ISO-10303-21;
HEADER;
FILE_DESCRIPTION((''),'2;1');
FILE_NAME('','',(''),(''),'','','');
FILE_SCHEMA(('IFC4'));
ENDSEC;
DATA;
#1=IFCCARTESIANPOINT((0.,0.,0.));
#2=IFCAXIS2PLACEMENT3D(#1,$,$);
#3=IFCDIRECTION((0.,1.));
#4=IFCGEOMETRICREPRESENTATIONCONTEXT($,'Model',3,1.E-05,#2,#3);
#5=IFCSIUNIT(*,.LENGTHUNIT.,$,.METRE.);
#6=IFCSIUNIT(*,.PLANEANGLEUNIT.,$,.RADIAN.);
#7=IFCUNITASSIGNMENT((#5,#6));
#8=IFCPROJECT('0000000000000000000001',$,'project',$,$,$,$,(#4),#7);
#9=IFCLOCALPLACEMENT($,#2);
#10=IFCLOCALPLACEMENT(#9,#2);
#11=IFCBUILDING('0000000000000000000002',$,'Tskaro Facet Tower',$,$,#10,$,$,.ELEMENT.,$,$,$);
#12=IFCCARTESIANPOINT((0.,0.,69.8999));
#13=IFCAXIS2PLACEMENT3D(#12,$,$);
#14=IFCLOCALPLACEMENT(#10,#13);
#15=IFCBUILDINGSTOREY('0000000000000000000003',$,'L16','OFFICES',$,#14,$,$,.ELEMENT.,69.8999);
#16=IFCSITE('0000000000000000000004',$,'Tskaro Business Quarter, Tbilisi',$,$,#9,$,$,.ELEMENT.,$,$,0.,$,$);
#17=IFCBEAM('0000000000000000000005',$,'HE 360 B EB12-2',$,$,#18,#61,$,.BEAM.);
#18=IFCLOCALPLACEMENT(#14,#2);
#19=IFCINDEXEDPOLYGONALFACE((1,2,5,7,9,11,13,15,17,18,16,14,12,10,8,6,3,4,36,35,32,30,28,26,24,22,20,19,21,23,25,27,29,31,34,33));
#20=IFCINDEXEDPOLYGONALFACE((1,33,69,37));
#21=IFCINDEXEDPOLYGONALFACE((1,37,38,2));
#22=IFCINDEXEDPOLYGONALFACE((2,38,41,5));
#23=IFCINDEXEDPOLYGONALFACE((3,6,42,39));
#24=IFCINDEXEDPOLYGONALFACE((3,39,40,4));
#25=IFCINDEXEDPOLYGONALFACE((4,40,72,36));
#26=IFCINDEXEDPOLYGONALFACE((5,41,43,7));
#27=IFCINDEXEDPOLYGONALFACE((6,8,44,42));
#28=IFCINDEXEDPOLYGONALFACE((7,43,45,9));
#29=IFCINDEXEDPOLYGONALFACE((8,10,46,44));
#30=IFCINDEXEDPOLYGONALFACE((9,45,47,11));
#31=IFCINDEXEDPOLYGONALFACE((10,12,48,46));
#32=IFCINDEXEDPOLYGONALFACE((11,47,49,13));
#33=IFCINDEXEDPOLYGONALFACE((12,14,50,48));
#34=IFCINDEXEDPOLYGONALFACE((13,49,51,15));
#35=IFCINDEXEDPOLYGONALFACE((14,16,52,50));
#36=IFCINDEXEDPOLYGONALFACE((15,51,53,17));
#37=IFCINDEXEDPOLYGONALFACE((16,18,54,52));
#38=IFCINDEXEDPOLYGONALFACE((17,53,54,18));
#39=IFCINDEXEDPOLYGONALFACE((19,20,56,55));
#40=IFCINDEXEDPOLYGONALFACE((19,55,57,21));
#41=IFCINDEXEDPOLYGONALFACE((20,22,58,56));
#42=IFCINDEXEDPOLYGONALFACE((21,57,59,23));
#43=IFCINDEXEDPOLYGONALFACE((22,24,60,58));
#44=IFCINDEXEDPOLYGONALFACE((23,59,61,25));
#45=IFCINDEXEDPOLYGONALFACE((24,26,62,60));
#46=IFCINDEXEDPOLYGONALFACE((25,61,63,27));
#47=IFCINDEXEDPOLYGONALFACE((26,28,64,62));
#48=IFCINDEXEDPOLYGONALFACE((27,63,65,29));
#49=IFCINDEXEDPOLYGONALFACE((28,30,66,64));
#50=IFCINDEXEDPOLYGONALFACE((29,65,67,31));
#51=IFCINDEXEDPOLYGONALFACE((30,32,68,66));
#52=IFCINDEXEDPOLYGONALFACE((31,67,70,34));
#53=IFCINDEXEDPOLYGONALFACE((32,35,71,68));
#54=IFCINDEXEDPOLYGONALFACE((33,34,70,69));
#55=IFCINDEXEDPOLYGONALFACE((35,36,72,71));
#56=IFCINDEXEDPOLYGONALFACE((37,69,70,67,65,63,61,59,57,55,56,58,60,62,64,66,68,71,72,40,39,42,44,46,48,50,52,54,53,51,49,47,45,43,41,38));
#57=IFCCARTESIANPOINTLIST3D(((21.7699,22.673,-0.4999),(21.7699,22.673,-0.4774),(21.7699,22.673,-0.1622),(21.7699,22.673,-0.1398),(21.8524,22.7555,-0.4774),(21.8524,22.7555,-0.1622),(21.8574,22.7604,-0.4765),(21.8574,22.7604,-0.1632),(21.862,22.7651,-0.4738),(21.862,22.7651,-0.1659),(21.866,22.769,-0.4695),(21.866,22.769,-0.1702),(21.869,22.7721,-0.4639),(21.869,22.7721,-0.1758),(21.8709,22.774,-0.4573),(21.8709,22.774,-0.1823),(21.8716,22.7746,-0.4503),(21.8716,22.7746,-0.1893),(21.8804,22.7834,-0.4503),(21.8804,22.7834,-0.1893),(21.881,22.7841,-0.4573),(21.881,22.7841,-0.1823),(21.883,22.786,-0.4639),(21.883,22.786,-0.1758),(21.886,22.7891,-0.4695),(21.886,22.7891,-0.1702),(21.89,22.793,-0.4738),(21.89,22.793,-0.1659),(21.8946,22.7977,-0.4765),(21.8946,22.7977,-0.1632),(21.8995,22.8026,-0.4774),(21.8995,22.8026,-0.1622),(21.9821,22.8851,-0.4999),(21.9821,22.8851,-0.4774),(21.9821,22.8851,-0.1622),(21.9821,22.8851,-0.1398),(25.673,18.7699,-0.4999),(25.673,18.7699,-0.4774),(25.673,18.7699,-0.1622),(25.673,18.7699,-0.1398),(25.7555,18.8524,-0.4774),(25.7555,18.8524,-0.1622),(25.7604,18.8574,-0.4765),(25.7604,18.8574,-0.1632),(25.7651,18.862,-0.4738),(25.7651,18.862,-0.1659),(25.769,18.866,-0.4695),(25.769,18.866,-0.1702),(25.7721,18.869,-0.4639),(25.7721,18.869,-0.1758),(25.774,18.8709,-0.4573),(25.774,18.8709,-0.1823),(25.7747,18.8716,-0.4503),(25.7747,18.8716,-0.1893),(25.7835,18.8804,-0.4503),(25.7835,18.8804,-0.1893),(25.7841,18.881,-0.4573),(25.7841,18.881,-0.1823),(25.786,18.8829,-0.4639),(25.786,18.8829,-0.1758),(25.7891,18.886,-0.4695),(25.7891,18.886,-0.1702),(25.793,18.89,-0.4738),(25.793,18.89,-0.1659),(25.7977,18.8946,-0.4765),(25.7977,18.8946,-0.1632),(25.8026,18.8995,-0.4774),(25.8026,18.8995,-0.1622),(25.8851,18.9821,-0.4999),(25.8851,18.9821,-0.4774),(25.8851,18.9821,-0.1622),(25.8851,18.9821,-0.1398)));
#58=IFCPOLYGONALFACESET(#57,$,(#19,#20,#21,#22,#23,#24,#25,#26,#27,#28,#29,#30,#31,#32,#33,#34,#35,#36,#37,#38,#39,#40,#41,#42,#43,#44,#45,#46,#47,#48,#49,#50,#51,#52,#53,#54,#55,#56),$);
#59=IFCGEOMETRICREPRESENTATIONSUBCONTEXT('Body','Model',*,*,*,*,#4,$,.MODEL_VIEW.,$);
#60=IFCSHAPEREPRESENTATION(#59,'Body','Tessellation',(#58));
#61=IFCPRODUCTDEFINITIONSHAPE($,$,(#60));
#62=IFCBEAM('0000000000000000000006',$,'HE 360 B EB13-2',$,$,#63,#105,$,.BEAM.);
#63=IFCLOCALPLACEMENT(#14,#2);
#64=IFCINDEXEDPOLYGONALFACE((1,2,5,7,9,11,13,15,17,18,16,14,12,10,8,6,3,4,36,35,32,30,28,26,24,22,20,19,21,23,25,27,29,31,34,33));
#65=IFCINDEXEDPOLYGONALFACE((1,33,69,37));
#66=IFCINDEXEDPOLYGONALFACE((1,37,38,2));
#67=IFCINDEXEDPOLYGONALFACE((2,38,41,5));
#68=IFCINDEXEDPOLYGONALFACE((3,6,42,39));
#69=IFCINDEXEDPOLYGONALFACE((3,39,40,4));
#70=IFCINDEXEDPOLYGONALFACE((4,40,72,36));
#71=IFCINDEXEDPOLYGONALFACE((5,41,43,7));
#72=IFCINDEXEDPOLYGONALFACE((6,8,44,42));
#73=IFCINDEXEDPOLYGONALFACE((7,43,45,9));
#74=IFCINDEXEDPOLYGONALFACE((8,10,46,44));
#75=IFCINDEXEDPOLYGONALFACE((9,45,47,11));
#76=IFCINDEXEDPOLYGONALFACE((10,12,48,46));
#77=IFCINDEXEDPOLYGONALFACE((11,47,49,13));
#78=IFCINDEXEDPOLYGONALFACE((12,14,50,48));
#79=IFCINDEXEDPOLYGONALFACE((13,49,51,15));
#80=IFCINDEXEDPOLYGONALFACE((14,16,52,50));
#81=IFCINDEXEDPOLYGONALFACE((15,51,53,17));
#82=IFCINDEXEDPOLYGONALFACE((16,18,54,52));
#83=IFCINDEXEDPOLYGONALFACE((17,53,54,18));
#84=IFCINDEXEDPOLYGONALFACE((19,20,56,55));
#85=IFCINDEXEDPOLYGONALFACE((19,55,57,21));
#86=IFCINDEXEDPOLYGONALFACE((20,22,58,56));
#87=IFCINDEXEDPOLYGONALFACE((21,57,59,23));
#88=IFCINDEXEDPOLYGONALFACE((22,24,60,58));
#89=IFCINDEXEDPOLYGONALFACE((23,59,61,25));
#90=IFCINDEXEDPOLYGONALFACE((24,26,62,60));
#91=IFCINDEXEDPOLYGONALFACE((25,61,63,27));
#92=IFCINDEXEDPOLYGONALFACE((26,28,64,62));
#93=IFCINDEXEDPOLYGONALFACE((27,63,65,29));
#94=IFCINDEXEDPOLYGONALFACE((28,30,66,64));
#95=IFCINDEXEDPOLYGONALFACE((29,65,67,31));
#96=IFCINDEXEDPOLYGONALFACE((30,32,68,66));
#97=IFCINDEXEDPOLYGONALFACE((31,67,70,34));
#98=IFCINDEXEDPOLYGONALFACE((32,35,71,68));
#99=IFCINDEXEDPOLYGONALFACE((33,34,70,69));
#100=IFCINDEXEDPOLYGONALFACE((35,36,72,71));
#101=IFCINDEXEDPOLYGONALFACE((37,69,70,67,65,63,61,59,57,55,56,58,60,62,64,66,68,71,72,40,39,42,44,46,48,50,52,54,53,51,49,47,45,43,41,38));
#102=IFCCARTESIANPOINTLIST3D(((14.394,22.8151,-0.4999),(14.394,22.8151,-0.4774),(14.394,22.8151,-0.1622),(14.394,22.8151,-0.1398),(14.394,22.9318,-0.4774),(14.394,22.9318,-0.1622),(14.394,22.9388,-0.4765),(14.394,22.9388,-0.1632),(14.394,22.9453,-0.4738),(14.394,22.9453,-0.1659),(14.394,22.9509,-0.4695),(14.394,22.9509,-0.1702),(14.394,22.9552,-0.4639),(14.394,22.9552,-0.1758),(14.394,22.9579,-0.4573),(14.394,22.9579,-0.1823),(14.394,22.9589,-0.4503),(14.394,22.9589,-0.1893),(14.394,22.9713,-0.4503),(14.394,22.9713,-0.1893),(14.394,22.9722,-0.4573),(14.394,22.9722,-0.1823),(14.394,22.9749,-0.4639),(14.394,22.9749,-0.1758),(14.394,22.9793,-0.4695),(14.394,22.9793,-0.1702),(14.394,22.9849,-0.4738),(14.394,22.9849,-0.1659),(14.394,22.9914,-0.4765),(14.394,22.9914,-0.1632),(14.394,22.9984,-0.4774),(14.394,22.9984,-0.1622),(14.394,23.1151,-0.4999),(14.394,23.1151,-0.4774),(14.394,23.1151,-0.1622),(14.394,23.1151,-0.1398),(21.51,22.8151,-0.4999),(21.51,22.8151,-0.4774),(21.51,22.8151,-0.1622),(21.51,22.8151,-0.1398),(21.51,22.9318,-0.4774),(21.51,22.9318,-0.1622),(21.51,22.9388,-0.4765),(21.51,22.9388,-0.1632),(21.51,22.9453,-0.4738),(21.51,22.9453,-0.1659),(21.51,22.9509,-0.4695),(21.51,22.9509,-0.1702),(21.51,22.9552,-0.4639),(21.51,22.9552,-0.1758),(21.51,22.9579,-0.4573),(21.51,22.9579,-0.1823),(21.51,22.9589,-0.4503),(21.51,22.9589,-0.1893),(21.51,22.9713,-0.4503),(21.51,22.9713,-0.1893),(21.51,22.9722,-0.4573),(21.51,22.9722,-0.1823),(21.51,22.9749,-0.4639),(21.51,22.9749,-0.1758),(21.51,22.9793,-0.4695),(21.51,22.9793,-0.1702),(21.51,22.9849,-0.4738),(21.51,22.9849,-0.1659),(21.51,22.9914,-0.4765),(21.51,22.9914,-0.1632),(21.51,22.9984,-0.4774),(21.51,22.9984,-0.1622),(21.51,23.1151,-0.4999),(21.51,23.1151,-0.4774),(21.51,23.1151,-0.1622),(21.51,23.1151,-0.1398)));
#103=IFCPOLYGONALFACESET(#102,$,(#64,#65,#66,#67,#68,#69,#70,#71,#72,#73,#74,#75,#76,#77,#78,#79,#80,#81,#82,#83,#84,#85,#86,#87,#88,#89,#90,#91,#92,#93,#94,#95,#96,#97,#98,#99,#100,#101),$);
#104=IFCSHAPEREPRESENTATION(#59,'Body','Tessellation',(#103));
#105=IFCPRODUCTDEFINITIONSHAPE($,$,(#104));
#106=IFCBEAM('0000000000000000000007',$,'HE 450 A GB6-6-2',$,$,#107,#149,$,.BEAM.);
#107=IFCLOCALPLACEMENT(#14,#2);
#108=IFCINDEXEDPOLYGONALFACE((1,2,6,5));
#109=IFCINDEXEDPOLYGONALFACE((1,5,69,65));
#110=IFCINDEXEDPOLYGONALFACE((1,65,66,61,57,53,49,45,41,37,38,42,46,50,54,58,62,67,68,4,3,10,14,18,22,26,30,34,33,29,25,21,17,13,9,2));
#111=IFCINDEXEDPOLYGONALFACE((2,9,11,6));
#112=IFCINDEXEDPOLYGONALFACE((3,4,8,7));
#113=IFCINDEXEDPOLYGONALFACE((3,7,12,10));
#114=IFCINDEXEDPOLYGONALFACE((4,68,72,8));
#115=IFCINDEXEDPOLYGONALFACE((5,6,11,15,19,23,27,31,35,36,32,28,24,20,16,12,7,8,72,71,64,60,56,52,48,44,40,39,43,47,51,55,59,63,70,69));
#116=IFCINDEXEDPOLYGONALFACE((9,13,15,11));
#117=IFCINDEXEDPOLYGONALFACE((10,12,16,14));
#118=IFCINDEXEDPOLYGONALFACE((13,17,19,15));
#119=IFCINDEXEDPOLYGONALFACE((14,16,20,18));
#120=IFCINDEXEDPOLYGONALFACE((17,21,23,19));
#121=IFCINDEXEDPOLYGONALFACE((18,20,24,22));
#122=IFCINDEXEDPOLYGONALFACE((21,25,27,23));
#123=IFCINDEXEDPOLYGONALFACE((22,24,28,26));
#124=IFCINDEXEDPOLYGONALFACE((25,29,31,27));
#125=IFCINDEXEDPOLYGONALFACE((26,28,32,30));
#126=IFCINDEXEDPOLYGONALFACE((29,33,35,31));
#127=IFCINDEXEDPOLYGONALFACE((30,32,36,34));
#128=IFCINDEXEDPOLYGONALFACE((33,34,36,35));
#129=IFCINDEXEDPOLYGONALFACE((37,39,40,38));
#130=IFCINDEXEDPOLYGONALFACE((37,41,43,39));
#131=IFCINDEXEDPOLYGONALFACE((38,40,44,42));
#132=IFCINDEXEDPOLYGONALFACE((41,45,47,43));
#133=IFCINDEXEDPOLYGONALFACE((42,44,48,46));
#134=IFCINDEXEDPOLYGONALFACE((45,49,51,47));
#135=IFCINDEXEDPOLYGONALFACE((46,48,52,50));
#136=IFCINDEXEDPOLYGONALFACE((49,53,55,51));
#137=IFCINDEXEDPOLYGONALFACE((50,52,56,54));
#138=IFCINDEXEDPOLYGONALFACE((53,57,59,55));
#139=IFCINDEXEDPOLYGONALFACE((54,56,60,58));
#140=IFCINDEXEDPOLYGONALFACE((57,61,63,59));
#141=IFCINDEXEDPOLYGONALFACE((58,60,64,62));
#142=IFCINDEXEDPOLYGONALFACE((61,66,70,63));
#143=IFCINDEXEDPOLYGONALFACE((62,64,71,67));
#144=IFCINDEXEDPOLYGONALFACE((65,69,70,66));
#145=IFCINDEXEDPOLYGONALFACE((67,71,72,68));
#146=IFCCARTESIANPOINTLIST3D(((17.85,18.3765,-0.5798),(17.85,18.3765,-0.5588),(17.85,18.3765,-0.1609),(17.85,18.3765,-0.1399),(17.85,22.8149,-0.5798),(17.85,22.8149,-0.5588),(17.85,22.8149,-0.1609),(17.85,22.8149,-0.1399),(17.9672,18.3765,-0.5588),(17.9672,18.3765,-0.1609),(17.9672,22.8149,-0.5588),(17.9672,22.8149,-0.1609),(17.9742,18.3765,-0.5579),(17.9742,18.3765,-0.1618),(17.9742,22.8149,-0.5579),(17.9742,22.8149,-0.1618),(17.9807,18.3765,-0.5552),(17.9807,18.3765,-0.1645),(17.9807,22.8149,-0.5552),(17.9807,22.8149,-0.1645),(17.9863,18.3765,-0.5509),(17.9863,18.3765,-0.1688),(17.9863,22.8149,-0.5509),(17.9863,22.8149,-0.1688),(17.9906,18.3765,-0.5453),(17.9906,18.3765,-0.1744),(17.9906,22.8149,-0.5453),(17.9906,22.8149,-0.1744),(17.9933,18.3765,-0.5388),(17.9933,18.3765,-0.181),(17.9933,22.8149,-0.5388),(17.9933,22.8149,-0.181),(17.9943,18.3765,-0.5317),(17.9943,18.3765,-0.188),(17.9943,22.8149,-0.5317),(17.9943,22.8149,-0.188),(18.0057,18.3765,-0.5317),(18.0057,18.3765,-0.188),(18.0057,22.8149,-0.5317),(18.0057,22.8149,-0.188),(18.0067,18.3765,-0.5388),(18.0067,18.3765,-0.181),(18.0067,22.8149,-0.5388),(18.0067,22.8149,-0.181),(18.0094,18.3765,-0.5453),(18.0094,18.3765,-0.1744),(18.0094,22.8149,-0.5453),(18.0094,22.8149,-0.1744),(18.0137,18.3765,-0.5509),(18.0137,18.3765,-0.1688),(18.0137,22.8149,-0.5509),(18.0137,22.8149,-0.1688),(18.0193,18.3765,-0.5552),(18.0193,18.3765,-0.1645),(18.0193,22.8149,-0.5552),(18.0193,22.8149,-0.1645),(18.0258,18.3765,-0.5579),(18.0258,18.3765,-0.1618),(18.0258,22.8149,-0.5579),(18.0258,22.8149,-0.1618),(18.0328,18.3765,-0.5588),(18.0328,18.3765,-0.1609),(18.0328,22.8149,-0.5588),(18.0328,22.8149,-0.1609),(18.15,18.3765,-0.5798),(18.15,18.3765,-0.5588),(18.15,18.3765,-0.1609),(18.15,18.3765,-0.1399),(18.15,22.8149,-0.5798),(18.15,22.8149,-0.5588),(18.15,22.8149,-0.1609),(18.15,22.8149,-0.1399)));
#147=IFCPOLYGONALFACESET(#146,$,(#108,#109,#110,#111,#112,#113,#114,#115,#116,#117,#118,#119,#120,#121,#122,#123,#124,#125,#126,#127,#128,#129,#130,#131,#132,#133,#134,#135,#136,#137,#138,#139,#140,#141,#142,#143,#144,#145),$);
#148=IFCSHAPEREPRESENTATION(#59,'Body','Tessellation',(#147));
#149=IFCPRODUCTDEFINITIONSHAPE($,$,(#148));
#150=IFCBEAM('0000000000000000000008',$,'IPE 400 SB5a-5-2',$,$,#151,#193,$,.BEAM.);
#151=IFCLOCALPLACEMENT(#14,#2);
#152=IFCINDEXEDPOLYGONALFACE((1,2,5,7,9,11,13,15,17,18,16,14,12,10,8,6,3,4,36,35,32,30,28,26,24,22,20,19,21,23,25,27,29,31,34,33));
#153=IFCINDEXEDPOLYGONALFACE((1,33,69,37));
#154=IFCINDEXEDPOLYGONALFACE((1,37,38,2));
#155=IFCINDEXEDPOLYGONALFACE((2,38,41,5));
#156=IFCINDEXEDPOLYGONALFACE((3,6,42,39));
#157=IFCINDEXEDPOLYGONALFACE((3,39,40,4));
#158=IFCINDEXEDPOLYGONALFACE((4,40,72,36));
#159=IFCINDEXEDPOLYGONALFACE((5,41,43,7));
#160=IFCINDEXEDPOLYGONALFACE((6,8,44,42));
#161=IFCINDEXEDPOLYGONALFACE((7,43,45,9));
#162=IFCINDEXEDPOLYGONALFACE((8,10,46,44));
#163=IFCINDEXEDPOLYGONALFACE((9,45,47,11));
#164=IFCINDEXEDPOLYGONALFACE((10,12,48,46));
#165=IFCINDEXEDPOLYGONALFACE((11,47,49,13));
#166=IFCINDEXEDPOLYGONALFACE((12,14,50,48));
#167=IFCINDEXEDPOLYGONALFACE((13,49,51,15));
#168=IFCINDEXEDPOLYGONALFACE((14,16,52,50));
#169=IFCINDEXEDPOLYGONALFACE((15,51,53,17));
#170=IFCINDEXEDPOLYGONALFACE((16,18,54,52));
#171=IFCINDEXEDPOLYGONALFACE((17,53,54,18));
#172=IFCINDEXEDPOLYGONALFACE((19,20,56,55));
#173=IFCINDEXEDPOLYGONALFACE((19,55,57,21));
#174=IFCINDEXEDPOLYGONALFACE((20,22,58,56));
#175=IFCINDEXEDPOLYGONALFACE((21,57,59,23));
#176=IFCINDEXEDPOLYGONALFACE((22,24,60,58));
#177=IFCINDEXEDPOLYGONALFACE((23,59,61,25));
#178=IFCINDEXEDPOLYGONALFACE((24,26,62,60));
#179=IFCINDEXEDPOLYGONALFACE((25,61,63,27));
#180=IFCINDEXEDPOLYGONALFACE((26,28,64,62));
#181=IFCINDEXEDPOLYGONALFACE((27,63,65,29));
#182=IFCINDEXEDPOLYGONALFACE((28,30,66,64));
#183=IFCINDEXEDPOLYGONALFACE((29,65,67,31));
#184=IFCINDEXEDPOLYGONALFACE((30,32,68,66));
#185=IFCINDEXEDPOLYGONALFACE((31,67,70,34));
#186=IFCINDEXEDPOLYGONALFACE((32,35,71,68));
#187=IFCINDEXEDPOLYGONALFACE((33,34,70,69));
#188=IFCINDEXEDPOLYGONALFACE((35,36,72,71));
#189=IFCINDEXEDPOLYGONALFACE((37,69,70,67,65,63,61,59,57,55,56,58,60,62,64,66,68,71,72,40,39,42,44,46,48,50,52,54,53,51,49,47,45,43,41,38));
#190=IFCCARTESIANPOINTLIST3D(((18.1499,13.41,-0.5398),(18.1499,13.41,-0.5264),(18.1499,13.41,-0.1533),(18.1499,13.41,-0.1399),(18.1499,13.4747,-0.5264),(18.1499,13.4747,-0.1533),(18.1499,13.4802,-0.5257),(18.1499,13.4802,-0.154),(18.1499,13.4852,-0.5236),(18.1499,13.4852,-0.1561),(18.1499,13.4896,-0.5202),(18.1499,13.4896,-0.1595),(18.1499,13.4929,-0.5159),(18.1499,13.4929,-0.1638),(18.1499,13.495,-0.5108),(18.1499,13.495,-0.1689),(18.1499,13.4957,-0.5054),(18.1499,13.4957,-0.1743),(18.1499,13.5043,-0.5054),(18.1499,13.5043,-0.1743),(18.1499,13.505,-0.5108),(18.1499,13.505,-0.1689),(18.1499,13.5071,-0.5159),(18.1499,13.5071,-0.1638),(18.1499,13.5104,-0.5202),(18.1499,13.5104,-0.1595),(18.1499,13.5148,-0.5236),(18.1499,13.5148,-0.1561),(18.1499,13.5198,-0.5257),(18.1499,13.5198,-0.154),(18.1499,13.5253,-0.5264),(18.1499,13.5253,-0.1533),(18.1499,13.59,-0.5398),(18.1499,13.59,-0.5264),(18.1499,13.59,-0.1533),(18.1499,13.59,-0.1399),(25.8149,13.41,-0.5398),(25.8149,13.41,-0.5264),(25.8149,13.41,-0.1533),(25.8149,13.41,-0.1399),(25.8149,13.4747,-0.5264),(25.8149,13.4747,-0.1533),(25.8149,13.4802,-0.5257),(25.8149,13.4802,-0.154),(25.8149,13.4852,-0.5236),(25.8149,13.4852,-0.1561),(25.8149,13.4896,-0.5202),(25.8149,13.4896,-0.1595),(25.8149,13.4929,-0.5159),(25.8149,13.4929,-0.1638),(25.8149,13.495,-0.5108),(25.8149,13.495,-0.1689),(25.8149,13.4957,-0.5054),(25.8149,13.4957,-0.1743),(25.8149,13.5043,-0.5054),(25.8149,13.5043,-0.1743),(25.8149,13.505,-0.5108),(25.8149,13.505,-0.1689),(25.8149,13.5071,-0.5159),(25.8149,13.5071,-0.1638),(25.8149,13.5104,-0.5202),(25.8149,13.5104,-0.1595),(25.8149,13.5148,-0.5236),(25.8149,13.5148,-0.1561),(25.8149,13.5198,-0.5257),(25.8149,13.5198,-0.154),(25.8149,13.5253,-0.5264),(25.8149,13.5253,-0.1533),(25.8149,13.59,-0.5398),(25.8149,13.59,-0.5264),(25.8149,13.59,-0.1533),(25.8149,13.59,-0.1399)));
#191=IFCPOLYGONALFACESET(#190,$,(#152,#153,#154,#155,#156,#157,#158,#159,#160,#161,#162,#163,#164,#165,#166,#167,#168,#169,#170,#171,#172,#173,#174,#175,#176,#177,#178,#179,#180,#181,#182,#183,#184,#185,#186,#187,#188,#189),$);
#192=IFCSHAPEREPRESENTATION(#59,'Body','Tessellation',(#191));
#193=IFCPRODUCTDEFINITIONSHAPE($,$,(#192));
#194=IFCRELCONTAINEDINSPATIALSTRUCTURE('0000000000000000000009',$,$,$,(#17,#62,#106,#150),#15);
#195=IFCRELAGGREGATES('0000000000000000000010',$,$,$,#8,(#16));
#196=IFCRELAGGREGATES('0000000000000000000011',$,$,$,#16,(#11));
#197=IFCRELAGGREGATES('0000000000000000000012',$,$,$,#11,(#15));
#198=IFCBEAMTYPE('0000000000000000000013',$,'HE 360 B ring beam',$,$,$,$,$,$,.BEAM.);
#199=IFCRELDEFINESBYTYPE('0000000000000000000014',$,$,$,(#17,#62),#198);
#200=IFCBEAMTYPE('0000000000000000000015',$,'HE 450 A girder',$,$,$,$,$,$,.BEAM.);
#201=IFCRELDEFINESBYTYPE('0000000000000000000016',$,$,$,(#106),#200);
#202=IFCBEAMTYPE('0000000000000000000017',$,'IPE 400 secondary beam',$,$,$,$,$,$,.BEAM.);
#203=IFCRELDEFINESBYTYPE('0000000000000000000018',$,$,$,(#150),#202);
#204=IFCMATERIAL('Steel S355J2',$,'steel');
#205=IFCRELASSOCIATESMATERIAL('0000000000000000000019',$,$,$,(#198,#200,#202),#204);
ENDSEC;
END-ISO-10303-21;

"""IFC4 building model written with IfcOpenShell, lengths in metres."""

from ifc_helpers import new_model, si_unit, direction, frame, origin, origin_2d, place, context, subcontext, project, spatial, i_section, extrude, material, material_profile, profile_set, type_object, element, save


model = new_model("IFC4")

# Units and contexts
model_context = context("Model", 3, precision=1e-05, world=origin(), true_north=direction((0.0, 1.0)))
body_context = subcontext(model_context, "Body", "Model", "MODEL_VIEW")
ifc_project = project(units=[si_unit("LENGTHUNIT", "METRE"), si_unit("PLANEANGLEUNIT", "RADIAN")], contexts=[model_context])

# Site, building, storey
site_placement = place(None, origin())
site = spatial("IfcSite", under=ifc_project, at=site_placement, Name="Tskaro Business Quarter, Tbilisi", CompositionType="ELEMENT", RefElevation=0.0)
building_placement = place(site_placement, origin())
building = spatial("IfcBuilding", under=site, at=building_placement, Name="Tskaro Facet Tower", CompositionType="ELEMENT")
storey_placement = place(building_placement, frame((0.0, 0.0, 69.8999)))
storey = spatial("IfcBuildingStorey", under=building, at=storey_placement, Name="L16", Description="OFFICES", CompositionType="ELEMENT", Elevation=69.8999)

# Beams
ifc_material_1 = material(Name="Steel S355J2", Category="steel")
ifc_material_profile_1 = material_profile(ifc_material_1, i_section(OverallWidth=0.3, OverallDepth=0.3601, WebThickness=0.0125, FlangeThickness=0.0225, FilletRadius=0.0271, at=origin_2d()), Name="HE 360 B")
ifc_profile_set_1 = profile_set([ifc_material_profile_1], Name="Steel S355J2")
beam_type_1 = type_object("IfcBeamType", Name="HE 360 B ring beam", PredefinedType="BEAM", material=ifc_profile_set_1)
beam_1_placement = place(storey_placement, frame((25.7791, 18.876, -0.3198), z_axis=(-0.707107, 0.707107, 0.0), x_axis=(-0.707107, -0.707107, 0.0)))
element("IfcBeam", 1, at=beam_1_placement, inside=storey, type_object=beam_type_1, Name="HE 360 B EB12-2", PredefinedType="BEAM", context=body_context, shape_type="SweptSolid", body=[
    extrude(i_section(OverallWidth=0.3, OverallDepth=0.3601, WebThickness=0.0125, FlangeThickness=0.0225, FilletRadius=0.0271, at=origin_2d()), origin(), (0.0, 0.0, 1.0), 5.5198),
])
beam_2_placement = place(storey_placement, frame((21.51, 22.9651, -0.3198), z_axis=(-1.0, 0.0, 0.0), x_axis=(0.0, -1.0, 0.0)))
element("IfcBeam", 2, at=beam_2_placement, inside=storey, type_object=beam_type_1, Name="HE 360 B EB13-2", PredefinedType="BEAM", context=body_context, shape_type="SweptSolid", body=[
    extrude(i_section(OverallWidth=0.3, OverallDepth=0.3601, WebThickness=0.0125, FlangeThickness=0.0225, FilletRadius=0.0271, at=origin_2d()), origin(), (0.0, 0.0, 1.0), 7.116),
])
ifc_material_profile_2 = material_profile(ifc_material_1, i_section(OverallWidth=0.3, OverallDepth=0.4399, WebThickness=0.0115, FlangeThickness=0.021, FilletRadius=0.0271, at=origin_2d()), Name="HE 450 A")
ifc_profile_set_2 = profile_set([ifc_material_profile_2], Name="Steel S355J2")
beam_type_2 = type_object("IfcBeamType", Name="HE 450 A girder", PredefinedType="BEAM", material=ifc_profile_set_2)
beam_3_placement = place(storey_placement, frame((18.0, 18.3765, -0.3599), z_axis=(0.0, 1.0, 0.0), x_axis=(-1.0, 0.0, 0.0)))
element("IfcBeam", 3, at=beam_3_placement, inside=storey, type_object=beam_type_2, Name="HE 450 A GB6-6-2", PredefinedType="BEAM", context=body_context, shape_type="SweptSolid", body=[
    extrude(i_section(OverallWidth=0.3, OverallDepth=0.4399, WebThickness=0.0115, FlangeThickness=0.021, FilletRadius=0.0271, at=origin_2d()), origin(), (0.0, 0.0, 1.0), 4.4385),
])
ifc_material_profile_3 = material_profile(ifc_material_1, i_section(OverallWidth=0.1799, OverallDepth=0.3999, WebThickness=0.0085, FlangeThickness=0.0134, FilletRadius=0.021, at=origin_2d()), Name="IPE 400")
ifc_profile_set_3 = profile_set([ifc_material_profile_3], Name="Steel S355J2")
beam_type_3 = type_object("IfcBeamType", Name="IPE 400 secondary beam", PredefinedType="BEAM", material=ifc_profile_set_3)
beam_4_placement = place(storey_placement, frame((18.1499, 13.5, -0.3398), z_axis=(1.0, 0.0, 0.0), x_axis=(0.0, 1.0, 0.0)))
element("IfcBeam", 4, at=beam_4_placement, inside=storey, type_object=beam_type_3, Name="IPE 400 SB5a-5-2", PredefinedType="BEAM", context=body_context, shape_type="SweptSolid", body=[
    extrude(i_section(OverallWidth=0.1799, OverallDepth=0.3999, WebThickness=0.0085, FlangeThickness=0.0134, FilletRadius=0.021, at=origin_2d()), origin(), (0.0, 0.0, 1.0), 7.665),
])

save(model, "model.ifc")
